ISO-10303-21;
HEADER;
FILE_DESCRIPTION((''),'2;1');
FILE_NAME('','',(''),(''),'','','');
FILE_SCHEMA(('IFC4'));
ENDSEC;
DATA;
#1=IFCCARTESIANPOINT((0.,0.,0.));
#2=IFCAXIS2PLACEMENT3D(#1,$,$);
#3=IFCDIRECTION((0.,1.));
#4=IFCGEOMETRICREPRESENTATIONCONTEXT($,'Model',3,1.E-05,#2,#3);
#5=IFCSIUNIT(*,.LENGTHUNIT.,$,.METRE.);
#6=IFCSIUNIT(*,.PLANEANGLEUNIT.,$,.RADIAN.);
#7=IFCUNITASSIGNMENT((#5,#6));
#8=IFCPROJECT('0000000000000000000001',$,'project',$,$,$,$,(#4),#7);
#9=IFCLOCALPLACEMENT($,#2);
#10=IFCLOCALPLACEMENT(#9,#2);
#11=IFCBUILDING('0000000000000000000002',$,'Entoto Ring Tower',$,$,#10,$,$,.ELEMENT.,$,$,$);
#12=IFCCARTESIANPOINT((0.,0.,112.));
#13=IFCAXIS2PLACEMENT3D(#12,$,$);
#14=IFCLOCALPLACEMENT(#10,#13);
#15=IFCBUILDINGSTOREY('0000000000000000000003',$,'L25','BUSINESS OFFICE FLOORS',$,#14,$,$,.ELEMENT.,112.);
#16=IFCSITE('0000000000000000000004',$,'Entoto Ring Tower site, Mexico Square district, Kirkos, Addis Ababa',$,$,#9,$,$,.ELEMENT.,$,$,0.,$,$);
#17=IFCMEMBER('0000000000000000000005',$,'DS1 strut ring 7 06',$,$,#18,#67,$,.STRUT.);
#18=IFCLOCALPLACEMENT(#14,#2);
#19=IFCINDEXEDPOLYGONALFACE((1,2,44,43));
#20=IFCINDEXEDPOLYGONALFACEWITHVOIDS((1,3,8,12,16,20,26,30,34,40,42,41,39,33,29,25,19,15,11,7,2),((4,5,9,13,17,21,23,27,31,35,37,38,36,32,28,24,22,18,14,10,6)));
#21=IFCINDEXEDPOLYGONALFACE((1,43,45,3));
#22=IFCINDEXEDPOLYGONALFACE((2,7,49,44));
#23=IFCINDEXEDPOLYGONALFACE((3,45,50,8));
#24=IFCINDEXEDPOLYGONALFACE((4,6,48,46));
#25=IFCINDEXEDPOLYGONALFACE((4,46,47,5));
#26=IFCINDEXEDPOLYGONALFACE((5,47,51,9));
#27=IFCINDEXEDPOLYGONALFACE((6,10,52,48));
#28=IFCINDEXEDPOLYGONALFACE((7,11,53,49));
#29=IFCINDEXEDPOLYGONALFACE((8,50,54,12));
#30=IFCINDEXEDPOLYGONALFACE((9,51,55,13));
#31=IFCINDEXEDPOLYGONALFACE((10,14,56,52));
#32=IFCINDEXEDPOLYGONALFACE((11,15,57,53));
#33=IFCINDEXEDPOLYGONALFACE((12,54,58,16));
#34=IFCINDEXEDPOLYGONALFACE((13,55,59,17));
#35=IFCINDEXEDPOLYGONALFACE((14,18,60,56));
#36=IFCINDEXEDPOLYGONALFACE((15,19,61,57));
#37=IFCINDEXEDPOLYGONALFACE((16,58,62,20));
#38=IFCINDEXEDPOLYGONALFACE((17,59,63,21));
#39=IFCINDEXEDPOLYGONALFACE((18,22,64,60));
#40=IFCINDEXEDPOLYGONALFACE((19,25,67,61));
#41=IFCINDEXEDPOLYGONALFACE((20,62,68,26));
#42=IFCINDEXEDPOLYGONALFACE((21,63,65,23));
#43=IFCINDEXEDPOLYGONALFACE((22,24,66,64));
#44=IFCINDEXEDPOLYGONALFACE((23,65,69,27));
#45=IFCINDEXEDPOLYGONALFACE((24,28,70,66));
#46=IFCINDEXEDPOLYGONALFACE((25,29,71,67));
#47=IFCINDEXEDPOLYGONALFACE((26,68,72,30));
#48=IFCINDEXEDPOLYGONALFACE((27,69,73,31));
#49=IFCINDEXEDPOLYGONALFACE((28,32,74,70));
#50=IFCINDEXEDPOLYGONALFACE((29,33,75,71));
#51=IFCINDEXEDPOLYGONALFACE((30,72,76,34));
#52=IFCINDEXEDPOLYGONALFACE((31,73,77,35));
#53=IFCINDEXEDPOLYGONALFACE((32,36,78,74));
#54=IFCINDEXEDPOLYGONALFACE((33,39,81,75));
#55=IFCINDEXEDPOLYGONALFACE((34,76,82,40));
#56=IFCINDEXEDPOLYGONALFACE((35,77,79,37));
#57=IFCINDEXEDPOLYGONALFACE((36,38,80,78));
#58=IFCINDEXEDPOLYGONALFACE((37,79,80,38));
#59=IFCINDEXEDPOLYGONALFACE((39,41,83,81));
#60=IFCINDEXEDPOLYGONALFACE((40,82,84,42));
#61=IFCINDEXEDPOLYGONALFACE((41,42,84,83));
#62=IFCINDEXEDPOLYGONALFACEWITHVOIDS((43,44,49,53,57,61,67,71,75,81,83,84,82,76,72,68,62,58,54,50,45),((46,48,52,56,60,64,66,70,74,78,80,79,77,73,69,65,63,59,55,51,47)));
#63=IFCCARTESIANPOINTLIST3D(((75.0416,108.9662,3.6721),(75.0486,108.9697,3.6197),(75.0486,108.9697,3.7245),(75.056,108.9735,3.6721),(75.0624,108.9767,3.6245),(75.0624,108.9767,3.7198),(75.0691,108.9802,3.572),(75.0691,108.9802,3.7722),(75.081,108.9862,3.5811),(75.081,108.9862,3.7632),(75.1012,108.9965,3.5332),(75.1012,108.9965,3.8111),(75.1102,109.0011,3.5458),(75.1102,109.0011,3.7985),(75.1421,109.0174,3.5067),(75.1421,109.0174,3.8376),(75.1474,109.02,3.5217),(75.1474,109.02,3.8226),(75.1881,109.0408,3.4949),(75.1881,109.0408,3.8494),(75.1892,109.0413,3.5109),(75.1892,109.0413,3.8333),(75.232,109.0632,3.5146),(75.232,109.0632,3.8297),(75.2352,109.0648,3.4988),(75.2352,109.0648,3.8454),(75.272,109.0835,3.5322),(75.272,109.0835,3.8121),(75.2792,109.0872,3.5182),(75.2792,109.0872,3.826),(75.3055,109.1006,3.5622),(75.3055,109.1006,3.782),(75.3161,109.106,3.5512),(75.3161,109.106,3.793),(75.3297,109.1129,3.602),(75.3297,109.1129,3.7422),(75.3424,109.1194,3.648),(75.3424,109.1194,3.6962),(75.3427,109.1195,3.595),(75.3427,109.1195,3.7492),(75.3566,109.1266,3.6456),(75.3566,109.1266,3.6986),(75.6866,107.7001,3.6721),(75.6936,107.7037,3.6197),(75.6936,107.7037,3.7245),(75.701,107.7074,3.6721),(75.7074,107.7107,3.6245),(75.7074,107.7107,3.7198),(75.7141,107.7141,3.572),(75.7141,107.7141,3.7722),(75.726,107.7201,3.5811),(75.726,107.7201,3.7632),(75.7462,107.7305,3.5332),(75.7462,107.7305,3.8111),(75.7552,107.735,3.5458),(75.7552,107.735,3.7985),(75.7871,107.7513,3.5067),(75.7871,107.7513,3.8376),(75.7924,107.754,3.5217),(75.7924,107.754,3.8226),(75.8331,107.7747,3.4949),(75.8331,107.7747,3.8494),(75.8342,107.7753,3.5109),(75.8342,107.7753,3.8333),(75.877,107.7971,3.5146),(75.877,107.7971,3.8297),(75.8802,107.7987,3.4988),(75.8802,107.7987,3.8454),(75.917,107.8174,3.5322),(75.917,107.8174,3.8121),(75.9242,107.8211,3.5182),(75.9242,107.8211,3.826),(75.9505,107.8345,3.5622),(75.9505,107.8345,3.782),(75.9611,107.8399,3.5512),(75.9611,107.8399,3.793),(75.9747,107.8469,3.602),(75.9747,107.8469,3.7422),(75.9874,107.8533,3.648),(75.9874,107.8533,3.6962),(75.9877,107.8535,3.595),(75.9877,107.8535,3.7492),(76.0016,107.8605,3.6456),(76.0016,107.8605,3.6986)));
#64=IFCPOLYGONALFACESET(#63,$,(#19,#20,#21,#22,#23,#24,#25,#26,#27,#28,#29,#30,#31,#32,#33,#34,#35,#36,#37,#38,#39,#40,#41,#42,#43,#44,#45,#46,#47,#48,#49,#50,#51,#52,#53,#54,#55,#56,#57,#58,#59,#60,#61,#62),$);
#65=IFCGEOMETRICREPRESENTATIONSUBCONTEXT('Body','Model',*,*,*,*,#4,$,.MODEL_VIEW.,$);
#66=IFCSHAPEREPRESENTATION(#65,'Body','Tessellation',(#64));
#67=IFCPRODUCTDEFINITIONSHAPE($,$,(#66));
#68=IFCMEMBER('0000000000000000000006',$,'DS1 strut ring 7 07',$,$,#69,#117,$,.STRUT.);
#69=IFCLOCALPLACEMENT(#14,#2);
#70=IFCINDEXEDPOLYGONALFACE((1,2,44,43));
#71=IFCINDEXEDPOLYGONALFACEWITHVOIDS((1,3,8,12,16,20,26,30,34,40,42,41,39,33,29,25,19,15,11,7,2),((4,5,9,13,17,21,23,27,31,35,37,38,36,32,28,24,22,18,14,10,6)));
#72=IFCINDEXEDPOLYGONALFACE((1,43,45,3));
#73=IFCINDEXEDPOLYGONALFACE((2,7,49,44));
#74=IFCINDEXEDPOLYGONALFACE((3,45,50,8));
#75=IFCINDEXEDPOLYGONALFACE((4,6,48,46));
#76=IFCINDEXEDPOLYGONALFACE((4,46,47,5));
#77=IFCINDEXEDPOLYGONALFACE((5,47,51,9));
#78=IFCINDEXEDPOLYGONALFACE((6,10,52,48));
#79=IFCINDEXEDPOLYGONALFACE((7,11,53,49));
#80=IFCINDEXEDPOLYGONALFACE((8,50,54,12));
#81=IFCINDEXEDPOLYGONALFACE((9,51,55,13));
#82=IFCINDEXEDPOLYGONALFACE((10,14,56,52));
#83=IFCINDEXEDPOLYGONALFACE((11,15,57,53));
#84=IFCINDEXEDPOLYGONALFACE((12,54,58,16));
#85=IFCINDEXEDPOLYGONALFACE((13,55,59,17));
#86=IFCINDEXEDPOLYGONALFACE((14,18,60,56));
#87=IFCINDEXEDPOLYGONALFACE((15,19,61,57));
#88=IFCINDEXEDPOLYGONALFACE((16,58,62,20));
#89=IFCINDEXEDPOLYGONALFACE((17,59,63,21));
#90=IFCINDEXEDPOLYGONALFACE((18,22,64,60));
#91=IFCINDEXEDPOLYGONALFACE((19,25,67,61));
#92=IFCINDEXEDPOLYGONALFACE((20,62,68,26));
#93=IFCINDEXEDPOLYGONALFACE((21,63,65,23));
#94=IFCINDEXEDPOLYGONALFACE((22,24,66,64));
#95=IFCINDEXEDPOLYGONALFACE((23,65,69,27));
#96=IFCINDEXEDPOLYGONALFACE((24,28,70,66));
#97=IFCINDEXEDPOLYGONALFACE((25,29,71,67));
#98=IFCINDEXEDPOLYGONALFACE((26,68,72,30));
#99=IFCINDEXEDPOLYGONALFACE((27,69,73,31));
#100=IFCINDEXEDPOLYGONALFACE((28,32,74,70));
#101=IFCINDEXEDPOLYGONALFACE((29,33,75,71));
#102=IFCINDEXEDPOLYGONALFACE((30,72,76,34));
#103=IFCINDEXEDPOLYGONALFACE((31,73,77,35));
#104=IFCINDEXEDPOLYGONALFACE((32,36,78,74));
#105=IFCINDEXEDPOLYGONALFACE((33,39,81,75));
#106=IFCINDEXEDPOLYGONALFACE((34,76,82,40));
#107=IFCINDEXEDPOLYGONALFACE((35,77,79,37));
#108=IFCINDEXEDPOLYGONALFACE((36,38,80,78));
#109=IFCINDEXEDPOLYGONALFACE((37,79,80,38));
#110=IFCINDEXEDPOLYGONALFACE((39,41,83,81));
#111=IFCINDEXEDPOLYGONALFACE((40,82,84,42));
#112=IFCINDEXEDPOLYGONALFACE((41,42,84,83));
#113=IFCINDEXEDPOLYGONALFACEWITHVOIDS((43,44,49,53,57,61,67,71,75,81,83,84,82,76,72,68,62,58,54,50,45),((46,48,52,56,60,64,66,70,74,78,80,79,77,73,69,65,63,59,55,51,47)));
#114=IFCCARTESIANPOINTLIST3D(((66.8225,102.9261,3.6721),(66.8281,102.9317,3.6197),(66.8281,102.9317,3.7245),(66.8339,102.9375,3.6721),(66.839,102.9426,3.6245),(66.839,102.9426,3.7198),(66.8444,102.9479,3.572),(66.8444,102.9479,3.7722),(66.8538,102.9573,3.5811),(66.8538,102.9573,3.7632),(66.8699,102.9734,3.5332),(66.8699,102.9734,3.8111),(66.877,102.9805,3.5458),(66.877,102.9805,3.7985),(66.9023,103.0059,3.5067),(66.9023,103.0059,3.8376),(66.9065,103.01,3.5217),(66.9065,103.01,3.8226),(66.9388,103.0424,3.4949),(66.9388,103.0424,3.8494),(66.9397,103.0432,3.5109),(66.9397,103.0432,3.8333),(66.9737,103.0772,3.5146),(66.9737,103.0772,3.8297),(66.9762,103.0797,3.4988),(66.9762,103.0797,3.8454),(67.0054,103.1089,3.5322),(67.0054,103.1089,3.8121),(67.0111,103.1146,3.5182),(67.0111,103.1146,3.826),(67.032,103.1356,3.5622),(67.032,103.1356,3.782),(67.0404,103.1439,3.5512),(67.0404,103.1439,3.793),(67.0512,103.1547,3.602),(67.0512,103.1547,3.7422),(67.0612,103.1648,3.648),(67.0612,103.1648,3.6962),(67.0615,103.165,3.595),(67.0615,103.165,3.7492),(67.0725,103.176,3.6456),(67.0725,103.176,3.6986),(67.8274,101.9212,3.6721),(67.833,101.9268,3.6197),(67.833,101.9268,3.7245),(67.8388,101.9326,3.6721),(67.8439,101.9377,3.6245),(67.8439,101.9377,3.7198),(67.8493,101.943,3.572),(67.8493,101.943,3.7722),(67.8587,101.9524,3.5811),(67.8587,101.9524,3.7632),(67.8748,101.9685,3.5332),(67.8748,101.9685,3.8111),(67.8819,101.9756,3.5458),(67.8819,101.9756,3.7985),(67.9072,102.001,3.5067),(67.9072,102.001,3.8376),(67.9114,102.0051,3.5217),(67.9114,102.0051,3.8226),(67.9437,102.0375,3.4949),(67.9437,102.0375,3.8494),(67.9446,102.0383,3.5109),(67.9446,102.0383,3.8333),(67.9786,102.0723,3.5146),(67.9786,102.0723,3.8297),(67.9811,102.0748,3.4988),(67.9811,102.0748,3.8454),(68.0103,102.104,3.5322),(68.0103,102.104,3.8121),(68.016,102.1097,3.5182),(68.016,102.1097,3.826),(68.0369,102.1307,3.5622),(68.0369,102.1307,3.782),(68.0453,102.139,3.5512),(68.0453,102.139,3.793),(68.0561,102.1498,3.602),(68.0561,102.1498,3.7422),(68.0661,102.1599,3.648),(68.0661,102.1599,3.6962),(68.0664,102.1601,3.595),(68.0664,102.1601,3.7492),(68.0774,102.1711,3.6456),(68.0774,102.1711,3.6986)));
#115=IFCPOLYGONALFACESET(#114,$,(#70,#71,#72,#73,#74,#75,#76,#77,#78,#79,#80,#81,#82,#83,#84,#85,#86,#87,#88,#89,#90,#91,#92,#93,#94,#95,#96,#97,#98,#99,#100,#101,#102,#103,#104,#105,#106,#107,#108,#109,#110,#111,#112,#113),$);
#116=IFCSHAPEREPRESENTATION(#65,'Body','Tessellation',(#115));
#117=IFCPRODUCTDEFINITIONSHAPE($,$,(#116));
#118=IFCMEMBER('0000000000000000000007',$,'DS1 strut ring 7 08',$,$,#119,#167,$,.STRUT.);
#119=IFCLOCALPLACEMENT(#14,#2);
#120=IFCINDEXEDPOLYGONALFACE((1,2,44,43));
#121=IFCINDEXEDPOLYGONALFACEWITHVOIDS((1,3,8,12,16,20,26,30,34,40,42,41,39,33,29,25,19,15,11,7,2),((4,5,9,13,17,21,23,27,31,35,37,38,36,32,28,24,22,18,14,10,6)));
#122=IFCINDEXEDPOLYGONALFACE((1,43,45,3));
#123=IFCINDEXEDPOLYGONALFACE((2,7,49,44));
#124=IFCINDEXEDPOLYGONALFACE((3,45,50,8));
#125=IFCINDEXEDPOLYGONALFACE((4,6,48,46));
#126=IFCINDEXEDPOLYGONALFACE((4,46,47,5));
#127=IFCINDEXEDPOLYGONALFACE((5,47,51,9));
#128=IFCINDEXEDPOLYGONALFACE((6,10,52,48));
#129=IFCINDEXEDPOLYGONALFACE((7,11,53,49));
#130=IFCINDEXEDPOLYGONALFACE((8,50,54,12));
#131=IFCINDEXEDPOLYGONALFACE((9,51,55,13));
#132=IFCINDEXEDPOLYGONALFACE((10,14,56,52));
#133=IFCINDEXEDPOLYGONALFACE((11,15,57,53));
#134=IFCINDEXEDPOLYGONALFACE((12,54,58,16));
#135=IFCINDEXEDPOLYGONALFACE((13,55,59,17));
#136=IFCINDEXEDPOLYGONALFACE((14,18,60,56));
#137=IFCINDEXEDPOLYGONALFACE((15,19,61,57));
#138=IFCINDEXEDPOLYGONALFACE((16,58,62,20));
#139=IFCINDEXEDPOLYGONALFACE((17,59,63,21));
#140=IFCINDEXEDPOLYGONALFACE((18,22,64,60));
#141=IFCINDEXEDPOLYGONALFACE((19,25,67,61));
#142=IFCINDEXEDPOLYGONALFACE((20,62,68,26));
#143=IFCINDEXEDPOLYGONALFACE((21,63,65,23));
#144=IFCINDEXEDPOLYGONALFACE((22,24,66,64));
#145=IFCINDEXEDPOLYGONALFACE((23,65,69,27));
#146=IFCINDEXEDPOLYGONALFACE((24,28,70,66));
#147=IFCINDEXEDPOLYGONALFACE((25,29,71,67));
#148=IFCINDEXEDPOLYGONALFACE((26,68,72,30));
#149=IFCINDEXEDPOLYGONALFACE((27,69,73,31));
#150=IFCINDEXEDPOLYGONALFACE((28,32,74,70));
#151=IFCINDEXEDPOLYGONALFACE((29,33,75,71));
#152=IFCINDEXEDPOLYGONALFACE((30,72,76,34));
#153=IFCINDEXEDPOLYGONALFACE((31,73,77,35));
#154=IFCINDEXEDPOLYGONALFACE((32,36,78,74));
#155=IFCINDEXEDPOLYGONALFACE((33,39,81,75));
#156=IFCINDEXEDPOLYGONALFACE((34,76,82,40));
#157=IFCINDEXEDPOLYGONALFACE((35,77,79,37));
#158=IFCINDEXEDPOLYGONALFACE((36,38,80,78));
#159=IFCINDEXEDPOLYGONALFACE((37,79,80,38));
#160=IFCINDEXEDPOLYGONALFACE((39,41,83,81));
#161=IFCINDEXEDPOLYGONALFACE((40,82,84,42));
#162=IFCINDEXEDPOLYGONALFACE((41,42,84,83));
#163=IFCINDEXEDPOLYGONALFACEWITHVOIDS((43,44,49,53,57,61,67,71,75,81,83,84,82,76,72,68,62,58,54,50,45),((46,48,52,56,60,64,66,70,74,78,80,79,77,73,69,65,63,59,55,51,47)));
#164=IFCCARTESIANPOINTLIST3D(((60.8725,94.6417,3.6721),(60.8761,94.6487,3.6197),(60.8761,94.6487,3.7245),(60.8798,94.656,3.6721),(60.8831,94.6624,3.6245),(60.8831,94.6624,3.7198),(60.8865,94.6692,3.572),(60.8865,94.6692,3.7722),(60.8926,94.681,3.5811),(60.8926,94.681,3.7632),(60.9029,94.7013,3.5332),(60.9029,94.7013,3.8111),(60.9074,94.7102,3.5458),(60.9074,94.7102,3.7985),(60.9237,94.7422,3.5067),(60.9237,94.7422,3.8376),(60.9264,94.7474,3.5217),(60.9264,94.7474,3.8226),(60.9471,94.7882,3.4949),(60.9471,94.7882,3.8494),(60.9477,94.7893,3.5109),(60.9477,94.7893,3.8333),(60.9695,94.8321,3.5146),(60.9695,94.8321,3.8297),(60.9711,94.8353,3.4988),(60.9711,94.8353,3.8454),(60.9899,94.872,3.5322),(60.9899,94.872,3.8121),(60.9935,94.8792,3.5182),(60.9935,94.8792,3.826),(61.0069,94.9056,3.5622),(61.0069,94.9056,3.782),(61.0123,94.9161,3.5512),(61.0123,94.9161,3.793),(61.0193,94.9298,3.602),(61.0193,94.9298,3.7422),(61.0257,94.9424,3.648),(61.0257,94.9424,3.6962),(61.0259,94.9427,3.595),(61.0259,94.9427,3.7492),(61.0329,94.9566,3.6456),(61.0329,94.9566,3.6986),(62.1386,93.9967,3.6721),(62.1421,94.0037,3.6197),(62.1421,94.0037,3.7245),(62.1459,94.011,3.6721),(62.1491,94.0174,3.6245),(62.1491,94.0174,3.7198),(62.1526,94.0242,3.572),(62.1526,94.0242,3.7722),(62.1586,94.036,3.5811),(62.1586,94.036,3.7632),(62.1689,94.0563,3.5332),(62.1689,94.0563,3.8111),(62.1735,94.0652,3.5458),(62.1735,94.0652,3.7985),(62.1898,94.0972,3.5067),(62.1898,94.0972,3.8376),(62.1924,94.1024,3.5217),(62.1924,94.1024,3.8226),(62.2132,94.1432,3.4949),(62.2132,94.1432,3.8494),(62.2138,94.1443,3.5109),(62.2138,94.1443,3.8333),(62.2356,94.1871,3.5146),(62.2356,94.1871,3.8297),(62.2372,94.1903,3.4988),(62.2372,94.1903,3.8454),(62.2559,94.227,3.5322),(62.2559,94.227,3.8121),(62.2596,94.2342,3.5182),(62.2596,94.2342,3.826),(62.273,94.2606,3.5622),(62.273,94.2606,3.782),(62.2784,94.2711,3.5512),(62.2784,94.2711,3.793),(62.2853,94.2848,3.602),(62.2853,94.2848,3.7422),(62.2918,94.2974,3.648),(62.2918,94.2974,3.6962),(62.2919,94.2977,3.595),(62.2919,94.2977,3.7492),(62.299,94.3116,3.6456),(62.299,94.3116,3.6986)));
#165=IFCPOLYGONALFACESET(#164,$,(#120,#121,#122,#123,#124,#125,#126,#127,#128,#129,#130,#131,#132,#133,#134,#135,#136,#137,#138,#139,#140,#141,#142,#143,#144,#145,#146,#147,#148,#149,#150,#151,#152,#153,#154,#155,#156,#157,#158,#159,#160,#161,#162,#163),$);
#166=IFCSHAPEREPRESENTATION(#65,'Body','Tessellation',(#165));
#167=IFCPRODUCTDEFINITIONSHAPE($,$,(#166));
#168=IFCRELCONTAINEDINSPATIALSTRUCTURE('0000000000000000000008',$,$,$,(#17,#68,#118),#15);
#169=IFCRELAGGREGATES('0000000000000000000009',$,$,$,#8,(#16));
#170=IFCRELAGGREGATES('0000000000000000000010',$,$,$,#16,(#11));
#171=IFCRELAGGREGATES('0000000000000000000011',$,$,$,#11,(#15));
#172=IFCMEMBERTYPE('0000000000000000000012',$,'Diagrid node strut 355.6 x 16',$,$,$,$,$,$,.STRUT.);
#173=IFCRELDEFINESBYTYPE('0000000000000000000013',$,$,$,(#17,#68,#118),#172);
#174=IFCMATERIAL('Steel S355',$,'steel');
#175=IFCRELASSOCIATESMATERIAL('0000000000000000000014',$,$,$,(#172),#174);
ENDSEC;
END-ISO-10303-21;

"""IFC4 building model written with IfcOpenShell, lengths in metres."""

from ifc_helpers import new_model, si_unit, direction, frame, origin, origin_2d, place, context, subcontext, project, spatial, circle, hollow_circle, extrude, material, material_profile, profile_set, type_object, element, save


model = new_model("IFC4")

# Units and contexts
model_context = context("Model", 3, precision=1e-05, world=origin(), true_north=direction((0.0, 1.0)))
body_context = subcontext(model_context, "Body", "Model", "MODEL_VIEW")
ifc_project = project(units=[si_unit("LENGTHUNIT", "METRE"), si_unit("PLANEANGLEUNIT", "RADIAN")], contexts=[model_context])

# Site, building, storey
site_placement = place(None, origin())
site = spatial("IfcSite", under=ifc_project, at=site_placement, Name="Entoto Ring Tower site, Mexico Square district, Kirkos, Addis Ababa", CompositionType="ELEMENT", RefElevation=0.0)
building_placement = place(site_placement, origin())
building = spatial("IfcBuilding", under=site, at=building_placement, Name="Entoto Ring Tower", CompositionType="ELEMENT")
storey_placement = place(building_placement, frame((0.0, 0.0, 112.0)))
storey = spatial("IfcBuildingStorey", under=building, at=storey_placement, Name="L25", Description="BUSINESS OFFICE FLOORS", CompositionType="ELEMENT", Elevation=112.0)

# Members
ifc_material_1 = material(Name="Steel S355", Category="steel")
ifc_material_profile_1 = material_profile(ifc_material_1, hollow_circle(Radius=0.1777, WallThickness=0.0161, at=origin_2d()), Name="CHS 355.6 x 16")
ifc_material_2 = material(Name="Concrete C60/75", Category="concrete")
ifc_material_profile_2 = material_profile(ifc_material_2, circle(Radius=0.1619, at=origin_2d()), Name="Concrete C60/75 infill")
ifc_profile_set_1 = profile_set([ifc_material_profile_1, ifc_material_profile_2], Name="Steel S355")
member_type = type_object("IfcMemberType", Name="Diagrid node strut 355.6 x 16", PredefinedType="STRUT", material=ifc_profile_set_1)
member_1_placement = place(storey_placement, frame((75.845, 107.7808, 3.6721), z_axis=(-0.453936, 0.891034, 0.0), x_axis=(-0.891034, -0.453936, 0.0)))
element("IfcMember", 1, at=member_1_placement, inside=storey, type_object=member_type, Name="DS1 strut ring 7 06", PredefinedType="STRUT", context=body_context, shape_type="SweptSolid", body=[
    extrude(hollow_circle(Radius=0.1777, WallThickness=0.0161, at=origin_2d()), origin(), (0.0, 0.0, 1.0), 1.4209),
])
member_2_placement = place(storey_placement, frame((67.9531, 102.0469, 3.6721), z_axis=(-0.707107, 0.707107, 0.0), x_axis=(-0.707107, -0.707107, 0.0)))
element("IfcMember", 2, at=member_2_placement, inside=storey, type_object=member_type, Name="DS1 strut ring 7 07", PredefinedType="STRUT", context=body_context, shape_type="SweptSolid", body=[
    extrude(hollow_circle(Radius=0.1777, WallThickness=0.0161, at=origin_2d()), origin(), (0.0, 0.0, 1.0), 1.4211),
])
member_3_placement = place(storey_placement, frame((62.2192, 94.155, 3.6721), z_axis=(-0.891034, 0.453936, 0.0), x_axis=(-0.453936, -0.891034, 0.0)))
element("IfcMember", 3, at=member_3_placement, inside=storey, type_object=member_type, Name="DS1 strut ring 7 08", PredefinedType="STRUT", context=body_context, shape_type="SweptSolid", body=[
    extrude(hollow_circle(Radius=0.1777, WallThickness=0.0161, at=origin_2d()), origin(), (0.0, 0.0, 1.0), 1.4209),
])

save(model, "model.ifc")
